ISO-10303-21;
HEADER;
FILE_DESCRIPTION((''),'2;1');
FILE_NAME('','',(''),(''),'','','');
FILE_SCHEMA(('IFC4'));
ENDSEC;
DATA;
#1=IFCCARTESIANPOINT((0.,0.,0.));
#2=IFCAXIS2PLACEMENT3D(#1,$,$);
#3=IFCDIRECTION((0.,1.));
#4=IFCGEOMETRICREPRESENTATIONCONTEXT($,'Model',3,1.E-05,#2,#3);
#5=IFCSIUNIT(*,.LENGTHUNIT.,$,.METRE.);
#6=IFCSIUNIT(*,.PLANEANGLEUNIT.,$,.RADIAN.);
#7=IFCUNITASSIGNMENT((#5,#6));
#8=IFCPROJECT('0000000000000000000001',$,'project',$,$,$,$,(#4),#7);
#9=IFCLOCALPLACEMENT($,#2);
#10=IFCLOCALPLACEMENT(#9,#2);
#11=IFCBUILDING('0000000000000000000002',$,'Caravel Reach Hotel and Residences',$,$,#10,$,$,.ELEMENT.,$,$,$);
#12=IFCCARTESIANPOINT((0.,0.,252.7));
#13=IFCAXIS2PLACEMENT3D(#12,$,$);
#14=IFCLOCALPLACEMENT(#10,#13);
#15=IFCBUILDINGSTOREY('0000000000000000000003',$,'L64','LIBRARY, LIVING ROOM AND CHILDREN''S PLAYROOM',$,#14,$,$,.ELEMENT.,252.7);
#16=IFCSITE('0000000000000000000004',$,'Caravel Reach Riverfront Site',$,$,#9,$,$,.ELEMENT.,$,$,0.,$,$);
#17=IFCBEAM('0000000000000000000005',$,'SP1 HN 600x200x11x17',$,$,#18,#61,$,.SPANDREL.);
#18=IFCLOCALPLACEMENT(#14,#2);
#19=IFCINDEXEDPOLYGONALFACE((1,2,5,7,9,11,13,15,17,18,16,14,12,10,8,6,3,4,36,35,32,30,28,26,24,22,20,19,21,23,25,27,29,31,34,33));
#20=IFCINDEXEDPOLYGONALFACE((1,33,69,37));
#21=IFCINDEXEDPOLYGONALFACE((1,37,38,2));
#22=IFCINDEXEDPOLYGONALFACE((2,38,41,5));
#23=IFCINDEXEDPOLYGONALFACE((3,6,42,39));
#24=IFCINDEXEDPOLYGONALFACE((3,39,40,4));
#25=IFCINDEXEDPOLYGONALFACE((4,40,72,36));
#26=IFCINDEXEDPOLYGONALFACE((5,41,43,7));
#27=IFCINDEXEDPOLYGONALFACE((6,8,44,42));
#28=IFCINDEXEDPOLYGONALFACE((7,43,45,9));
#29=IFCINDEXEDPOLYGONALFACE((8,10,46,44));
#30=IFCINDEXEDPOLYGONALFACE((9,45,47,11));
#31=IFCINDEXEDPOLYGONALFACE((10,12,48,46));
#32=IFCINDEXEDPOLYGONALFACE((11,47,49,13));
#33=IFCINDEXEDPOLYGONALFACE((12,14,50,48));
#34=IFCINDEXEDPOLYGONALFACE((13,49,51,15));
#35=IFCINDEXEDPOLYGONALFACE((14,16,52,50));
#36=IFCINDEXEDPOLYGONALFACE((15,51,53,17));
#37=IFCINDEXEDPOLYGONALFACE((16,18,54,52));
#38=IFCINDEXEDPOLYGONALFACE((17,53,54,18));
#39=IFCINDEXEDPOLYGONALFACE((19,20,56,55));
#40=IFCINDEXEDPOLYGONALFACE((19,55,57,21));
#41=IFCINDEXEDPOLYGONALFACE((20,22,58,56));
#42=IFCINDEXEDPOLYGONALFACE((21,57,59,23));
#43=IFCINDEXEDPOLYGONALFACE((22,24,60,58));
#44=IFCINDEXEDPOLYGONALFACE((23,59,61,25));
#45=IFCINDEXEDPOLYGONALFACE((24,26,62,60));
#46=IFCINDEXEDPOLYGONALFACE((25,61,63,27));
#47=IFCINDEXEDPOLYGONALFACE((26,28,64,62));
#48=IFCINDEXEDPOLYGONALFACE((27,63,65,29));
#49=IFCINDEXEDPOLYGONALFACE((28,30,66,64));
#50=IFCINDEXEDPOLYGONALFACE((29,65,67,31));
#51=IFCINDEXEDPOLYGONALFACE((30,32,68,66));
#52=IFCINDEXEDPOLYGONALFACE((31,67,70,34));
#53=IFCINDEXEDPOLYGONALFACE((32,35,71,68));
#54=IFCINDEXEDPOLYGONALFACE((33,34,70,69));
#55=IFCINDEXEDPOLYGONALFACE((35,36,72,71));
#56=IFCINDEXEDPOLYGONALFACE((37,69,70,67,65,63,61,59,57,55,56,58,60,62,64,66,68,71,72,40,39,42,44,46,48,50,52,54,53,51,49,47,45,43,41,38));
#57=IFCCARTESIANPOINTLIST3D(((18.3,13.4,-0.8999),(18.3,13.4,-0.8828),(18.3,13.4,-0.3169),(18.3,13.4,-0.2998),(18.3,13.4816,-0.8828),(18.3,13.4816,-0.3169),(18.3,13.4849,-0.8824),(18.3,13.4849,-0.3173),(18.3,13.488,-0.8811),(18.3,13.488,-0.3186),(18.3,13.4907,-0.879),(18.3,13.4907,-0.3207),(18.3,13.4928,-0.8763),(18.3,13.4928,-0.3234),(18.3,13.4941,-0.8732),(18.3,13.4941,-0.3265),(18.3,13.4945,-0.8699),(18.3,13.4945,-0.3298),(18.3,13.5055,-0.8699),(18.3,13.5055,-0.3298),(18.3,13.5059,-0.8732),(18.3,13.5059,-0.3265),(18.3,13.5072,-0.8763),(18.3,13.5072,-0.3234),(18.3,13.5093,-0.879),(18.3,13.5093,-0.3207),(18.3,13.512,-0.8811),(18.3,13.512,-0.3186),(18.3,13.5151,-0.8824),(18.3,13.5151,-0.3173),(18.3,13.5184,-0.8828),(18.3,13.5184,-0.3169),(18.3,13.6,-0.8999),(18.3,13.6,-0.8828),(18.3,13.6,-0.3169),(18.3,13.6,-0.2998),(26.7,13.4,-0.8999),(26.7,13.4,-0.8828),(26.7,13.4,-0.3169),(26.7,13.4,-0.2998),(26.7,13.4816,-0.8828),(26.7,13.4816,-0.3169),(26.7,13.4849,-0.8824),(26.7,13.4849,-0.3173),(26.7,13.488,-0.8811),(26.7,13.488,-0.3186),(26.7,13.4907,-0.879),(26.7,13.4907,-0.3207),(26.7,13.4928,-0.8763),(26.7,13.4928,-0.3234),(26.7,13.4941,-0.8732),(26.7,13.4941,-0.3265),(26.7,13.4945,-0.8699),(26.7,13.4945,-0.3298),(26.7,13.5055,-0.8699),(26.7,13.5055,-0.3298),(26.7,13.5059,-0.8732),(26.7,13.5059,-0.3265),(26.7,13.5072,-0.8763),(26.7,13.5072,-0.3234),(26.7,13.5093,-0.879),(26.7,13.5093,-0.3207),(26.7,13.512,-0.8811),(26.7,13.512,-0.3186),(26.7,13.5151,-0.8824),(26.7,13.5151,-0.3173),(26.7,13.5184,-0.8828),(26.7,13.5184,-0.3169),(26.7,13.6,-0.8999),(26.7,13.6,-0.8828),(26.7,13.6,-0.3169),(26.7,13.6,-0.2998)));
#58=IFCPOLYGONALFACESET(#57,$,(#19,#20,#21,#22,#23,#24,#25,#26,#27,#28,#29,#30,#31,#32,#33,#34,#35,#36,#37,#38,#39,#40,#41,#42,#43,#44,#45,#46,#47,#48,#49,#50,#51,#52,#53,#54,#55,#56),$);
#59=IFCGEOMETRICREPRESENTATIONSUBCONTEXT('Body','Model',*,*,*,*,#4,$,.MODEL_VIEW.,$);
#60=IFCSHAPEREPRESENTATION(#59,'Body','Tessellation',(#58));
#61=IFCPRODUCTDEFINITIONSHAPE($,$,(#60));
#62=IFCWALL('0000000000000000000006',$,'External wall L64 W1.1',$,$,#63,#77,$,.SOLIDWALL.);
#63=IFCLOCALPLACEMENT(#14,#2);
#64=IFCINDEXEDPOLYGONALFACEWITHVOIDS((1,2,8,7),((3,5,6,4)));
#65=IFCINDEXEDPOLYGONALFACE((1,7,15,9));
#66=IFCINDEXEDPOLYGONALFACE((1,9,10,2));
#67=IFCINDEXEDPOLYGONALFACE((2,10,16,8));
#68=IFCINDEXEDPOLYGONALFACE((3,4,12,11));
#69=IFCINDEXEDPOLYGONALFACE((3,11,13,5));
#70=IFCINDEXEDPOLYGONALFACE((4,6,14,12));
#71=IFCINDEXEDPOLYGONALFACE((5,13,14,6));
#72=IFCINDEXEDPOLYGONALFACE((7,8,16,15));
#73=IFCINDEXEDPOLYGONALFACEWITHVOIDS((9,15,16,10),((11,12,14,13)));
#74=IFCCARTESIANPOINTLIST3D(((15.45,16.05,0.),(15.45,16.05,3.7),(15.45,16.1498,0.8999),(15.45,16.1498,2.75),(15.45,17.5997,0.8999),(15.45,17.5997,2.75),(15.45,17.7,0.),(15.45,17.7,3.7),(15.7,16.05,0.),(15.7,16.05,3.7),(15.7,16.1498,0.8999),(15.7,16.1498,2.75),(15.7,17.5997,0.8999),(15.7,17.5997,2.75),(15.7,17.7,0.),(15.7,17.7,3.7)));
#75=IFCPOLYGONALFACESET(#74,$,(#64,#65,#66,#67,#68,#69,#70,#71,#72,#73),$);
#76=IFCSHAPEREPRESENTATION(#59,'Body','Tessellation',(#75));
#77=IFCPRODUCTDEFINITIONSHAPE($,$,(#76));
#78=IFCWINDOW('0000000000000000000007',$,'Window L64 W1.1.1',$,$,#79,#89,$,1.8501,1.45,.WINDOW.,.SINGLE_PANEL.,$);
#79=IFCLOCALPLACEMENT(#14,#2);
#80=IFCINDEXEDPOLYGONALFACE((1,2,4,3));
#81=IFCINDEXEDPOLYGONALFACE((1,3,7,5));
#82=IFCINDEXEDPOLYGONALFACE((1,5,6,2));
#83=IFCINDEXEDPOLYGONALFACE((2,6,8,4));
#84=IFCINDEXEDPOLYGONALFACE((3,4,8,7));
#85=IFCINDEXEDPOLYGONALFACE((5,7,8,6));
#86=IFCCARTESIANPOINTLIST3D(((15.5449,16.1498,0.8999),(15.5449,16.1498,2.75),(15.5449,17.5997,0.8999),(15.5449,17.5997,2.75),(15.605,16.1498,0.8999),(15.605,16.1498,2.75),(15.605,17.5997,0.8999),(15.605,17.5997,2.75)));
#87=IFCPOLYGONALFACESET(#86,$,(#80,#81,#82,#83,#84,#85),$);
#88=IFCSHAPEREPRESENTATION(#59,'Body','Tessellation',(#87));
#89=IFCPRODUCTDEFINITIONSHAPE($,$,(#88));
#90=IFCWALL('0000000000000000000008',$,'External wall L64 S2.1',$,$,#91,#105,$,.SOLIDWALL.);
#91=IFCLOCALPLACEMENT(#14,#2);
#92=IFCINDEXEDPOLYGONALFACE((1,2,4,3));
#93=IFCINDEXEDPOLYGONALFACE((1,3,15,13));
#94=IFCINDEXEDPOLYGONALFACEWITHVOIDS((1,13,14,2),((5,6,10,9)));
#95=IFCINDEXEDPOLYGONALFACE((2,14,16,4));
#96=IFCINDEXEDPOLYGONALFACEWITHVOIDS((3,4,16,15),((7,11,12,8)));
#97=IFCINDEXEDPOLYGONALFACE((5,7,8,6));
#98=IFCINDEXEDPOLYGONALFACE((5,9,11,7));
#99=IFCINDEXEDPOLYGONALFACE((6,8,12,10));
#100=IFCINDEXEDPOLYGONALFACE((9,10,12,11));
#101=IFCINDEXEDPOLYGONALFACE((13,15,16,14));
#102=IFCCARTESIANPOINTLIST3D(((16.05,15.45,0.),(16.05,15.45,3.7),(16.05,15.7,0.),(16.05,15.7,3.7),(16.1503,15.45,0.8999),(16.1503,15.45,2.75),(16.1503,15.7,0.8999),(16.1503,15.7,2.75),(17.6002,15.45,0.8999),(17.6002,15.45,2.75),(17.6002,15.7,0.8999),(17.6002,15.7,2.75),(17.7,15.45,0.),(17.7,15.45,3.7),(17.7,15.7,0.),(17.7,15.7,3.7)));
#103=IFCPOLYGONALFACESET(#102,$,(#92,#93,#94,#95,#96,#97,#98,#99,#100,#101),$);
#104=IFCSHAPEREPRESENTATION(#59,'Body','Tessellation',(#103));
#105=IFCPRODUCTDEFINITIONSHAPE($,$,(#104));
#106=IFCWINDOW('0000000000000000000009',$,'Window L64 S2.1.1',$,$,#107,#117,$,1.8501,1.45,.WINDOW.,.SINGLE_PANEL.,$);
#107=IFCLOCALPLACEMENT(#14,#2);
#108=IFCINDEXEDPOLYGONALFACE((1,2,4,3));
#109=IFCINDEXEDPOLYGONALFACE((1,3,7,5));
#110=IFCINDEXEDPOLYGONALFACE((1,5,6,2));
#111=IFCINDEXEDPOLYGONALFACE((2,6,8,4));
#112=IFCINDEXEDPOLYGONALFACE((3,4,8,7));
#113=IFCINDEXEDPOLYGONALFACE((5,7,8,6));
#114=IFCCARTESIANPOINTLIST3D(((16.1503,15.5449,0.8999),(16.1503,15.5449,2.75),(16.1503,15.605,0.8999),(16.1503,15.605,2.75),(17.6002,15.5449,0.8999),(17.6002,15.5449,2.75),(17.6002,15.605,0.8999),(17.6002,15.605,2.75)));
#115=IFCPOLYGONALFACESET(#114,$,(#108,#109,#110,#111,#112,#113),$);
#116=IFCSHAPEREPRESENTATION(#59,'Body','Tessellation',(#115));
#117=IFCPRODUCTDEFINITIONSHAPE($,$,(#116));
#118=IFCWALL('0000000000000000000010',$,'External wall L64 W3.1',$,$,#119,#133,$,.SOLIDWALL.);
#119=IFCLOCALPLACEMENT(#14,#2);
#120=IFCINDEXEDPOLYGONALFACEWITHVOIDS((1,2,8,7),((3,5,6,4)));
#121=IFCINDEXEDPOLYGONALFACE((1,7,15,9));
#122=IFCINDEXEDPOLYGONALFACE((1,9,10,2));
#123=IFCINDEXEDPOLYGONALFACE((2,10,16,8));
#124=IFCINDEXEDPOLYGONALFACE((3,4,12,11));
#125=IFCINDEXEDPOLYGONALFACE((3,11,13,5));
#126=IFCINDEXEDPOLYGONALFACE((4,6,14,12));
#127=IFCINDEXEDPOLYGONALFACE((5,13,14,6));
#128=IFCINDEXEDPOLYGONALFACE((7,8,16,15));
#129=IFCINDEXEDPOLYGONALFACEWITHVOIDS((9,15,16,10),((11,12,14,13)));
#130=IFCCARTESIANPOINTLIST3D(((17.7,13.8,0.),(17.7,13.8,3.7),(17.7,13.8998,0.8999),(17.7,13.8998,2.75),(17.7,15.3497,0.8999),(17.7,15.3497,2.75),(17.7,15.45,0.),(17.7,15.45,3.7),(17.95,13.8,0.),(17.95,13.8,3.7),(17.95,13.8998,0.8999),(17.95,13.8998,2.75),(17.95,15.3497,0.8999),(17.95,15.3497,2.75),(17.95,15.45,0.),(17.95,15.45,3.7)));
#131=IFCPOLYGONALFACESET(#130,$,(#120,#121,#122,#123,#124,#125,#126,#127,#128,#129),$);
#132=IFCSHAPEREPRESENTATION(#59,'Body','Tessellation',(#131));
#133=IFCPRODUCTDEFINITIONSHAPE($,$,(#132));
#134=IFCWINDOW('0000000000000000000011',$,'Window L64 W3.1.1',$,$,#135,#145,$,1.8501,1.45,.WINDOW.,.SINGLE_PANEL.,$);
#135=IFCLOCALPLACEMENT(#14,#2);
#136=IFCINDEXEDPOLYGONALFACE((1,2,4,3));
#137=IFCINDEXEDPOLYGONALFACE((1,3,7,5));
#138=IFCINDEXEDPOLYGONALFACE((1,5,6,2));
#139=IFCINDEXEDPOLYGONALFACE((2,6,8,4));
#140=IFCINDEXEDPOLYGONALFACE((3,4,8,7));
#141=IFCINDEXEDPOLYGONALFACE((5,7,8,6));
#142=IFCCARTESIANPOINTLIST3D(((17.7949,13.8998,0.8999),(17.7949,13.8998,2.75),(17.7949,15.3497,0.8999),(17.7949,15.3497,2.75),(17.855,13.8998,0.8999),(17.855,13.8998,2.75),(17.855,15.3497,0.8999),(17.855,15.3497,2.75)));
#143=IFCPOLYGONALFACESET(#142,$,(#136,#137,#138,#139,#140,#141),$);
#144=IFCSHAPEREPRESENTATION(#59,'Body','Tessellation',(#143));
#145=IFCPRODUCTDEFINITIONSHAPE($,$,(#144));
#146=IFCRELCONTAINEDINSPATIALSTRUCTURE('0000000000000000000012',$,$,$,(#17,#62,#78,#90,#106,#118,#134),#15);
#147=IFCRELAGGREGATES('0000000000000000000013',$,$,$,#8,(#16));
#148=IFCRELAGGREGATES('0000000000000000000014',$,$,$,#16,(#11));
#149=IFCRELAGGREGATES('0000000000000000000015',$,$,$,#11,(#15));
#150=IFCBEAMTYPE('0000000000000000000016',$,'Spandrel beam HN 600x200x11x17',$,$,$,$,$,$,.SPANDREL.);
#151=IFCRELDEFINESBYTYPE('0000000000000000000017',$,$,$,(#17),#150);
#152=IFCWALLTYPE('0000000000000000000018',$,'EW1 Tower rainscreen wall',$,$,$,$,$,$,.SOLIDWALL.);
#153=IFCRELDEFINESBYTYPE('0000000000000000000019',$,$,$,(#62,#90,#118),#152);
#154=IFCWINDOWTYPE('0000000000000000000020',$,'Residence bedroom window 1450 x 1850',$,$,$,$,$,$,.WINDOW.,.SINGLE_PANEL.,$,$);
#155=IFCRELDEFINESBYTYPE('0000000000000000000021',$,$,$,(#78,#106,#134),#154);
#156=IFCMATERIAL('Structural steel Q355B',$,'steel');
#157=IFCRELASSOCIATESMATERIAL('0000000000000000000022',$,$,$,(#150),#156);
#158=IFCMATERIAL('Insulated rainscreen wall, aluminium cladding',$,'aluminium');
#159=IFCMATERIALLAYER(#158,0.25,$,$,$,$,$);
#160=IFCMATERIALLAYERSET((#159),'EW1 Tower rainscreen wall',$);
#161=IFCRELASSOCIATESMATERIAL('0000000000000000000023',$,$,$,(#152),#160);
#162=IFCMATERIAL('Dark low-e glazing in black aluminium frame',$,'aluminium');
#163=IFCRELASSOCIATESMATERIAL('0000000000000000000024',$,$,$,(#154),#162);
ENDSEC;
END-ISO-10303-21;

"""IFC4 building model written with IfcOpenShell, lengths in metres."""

from ifc_helpers import new_model, si_unit, direction, frame, frame_2d, origin, origin_2d, place, context, subcontext, project, spatial, rectangle, i_section, extrude, material, layer, layer_set, material_profile, profile_set, type_object, element, fill, save


model = new_model("IFC4")

# Units and contexts
model_context = context("Model", 3, precision=1e-05, world=origin(), true_north=direction((0.0, 1.0)))
body_context = subcontext(model_context, "Body", "Model", "MODEL_VIEW")
ifc_project = project(units=[si_unit("LENGTHUNIT", "METRE"), si_unit("PLANEANGLEUNIT", "RADIAN")], contexts=[model_context])

# Site, building, storey
site_placement = place(None, origin())
site = spatial("IfcSite", under=ifc_project, at=site_placement, Name="Caravel Reach Riverfront Site", CompositionType="ELEMENT", RefElevation=0.0)
building_placement = place(site_placement, origin())
building = spatial("IfcBuilding", under=site, at=building_placement, Name="Caravel Reach Hotel and Residences", CompositionType="ELEMENT")
storey_placement = place(building_placement, frame((0.0, 0.0, 252.7)))
storey = spatial("IfcBuildingStorey", under=building, at=storey_placement, Name="L64", Description="LIBRARY, LIVING ROOM AND CHILDREN'S PLAYROOM", CompositionType="ELEMENT", Elevation=252.7)

# Beam
ifc_material_1 = material(Name="Structural steel Q355B", Category="steel")
ifc_material_profile_1 = material_profile(ifc_material_1, i_section(OverallWidth=0.2, OverallDepth=0.6001, WebThickness=0.011, FlangeThickness=0.0171, FilletRadius=0.0129, at=origin_2d()), Name="HN 600x200x11x17")
ifc_profile_set_1 = profile_set([ifc_material_profile_1], Name="Structural steel Q355B")
beam_type = type_object("IfcBeamType", Name="Spandrel beam HN 600x200x11x17", PredefinedType="SPANDREL", material=ifc_profile_set_1)
beam_placement = place(storey_placement, frame((18.3, 13.5, -0.5999), z_axis=(1.0, 0.0, 0.0), x_axis=(0.0, 1.0, 0.0)))
element("IfcBeam", 1, at=beam_placement, inside=storey, type_object=beam_type, Name="SP1 HN 600x200x11x17", PredefinedType="SPANDREL", context=body_context, shape_type="SweptSolid", body=[
    extrude(i_section(OverallWidth=0.2, OverallDepth=0.6001, WebThickness=0.011, FlangeThickness=0.0171, FilletRadius=0.0129, at=origin_2d()), origin(), (0.0, 0.0, 1.0), 8.3999),
])

# Walls, openings, windows
ifc_material_2 = material(Name="Insulated rainscreen wall, aluminium cladding", Category="aluminium")
ifc_layer_1 = layer(ifc_material_2, 0.25)
ifc_layer_set_1 = layer_set([ifc_layer_1], Name="EW1 Tower rainscreen wall")
wall_type_1 = type_object("IfcWallType", Name="EW1 Tower rainscreen wall", PredefinedType="SOLIDWALL", material=ifc_layer_set_1)
wall_1_placement = place(storey_placement, frame((15.575, 17.7, 0.0), z_axis=(0.0, 0.0, 1.0), x_axis=(0.0, -1.0, 0.0)))
wall_1 = element("IfcWall", 2, at=wall_1_placement, inside=storey, type_object=wall_type_1, Name="External wall L64 W1.1", PredefinedType="SOLIDWALL", context=body_context, shape_type="SweptSolid", body=[
    extrude(rectangle(XDim=1.6499, YDim=0.25, at=frame_2d((0.825, 0.0))), origin(), (0.0, 0.0, 1.0), 3.7),
])
opening_1_placement = place(wall_1_placement, frame((0.1001, 0.0, 0.8999)))
opening_1 = element("IfcOpeningElement", 3, at=opening_1_placement, cuts=wall_1, PredefinedType="OPENING", context=body_context, shape_type="SweptSolid", body=[
    extrude(rectangle(XDim=1.45, YDim=1.8501, at=frame_2d((0.7251, 0.925))), frame((0.0, 0.135, 0.0), z_axis=(0.0, -1.0, 0.0), x_axis=(1.0, 0.0, 0.0)), (0.0, 0.0, 1.0), 0.27),
])
ifc_material_3 = material(Name="Dark low-e glazing in black aluminium frame", Category="aluminium")
window_type_1 = type_object("IfcWindowType", Name="Residence bedroom window 1450 x 1850", PartitioningType="SINGLE_PANEL", PredefinedType="WINDOW", material=ifc_material_3)
window_1_placement = place(opening_1_placement, origin())
window_1 = element("IfcWindow", 4, at=window_1_placement, inside=storey, type_object=window_type_1, Name="Window L64 W1.1.1", OverallHeight=1.8501, OverallWidth=1.45, PartitioningType="SINGLE_PANEL", PredefinedType="WINDOW", context=body_context, shape_type="SweptSolid", body=[
    extrude(rectangle(XDim=1.45, YDim=1.8501, at=frame_2d((0.7251, 0.925))), frame((0.0, 0.03, 0.0), z_axis=(0.0, -1.0, 0.0), x_axis=(1.0, 0.0, 0.0)), (0.0, 0.0, 1.0), 0.0601),
])
fill(opening_1, window_1)
wall_2_placement = place(storey_placement, frame((16.05, 15.575, 0.0), z_axis=(0.0, 0.0, 1.0), x_axis=(1.0, 0.0, 0.0)))
wall_2 = element("IfcWall", 5, at=wall_2_placement, inside=storey, type_object=wall_type_1, Name="External wall L64 S2.1", PredefinedType="SOLIDWALL", context=body_context, shape_type="SweptSolid", body=[
    extrude(rectangle(XDim=1.6499, YDim=0.25, at=frame_2d((0.825, 0.0))), origin(), (0.0, 0.0, 1.0), 3.7),
])
opening_2_placement = place(wall_2_placement, frame((0.1001, 0.0, 0.8999)))
opening_2 = element("IfcOpeningElement", 6, at=opening_2_placement, cuts=wall_2, PredefinedType="OPENING", context=body_context, shape_type="SweptSolid", body=[
    extrude(rectangle(XDim=1.45, YDim=1.8501, at=frame_2d((0.7251, 0.925))), frame((0.0, 0.135, 0.0), z_axis=(0.0, -1.0, 0.0), x_axis=(1.0, 0.0, 0.0)), (0.0, 0.0, 1.0), 0.27),
])
window_2_placement = place(opening_2_placement, origin())
window_2 = element("IfcWindow", 7, at=window_2_placement, inside=storey, type_object=window_type_1, Name="Window L64 S2.1.1", OverallHeight=1.8501, OverallWidth=1.45, PartitioningType="SINGLE_PANEL", PredefinedType="WINDOW", context=body_context, shape_type="SweptSolid", body=[
    extrude(rectangle(XDim=1.45, YDim=1.8501, at=frame_2d((0.7251, 0.925))), frame((0.0, 0.03, 0.0), z_axis=(0.0, -1.0, 0.0), x_axis=(1.0, 0.0, 0.0)), (0.0, 0.0, 1.0), 0.0601),
])
fill(opening_2, window_2)
wall_3_placement = place(storey_placement, frame((17.825, 15.45, 0.0), z_axis=(0.0, 0.0, 1.0), x_axis=(0.0, -1.0, 0.0)))
wall_3 = element("IfcWall", 8, at=wall_3_placement, inside=storey, type_object=wall_type_1, Name="External wall L64 W3.1", PredefinedType="SOLIDWALL", context=body_context, shape_type="SweptSolid", body=[
    extrude(rectangle(XDim=1.6499, YDim=0.25, at=frame_2d((0.825, 0.0))), origin(), (0.0, 0.0, 1.0), 3.7),
])
opening_3_placement = place(wall_3_placement, frame((0.1001, 0.0, 0.8999)))
opening_3 = element("IfcOpeningElement", 9, at=opening_3_placement, cuts=wall_3, PredefinedType="OPENING", context=body_context, shape_type="SweptSolid", body=[
    extrude(rectangle(XDim=1.45, YDim=1.8501, at=frame_2d((0.7251, 0.925))), frame((0.0, 0.135, 0.0), z_axis=(0.0, -1.0, 0.0), x_axis=(1.0, 0.0, 0.0)), (0.0, 0.0, 1.0), 0.27),
])
window_3_placement = place(opening_3_placement, origin())
window_3 = element("IfcWindow", 10, at=window_3_placement, inside=storey, type_object=window_type_1, Name="Window L64 W3.1.1", OverallHeight=1.8501, OverallWidth=1.45, PartitioningType="SINGLE_PANEL", PredefinedType="WINDOW", context=body_context, shape_type="SweptSolid", body=[
    extrude(rectangle(XDim=1.45, YDim=1.8501, at=frame_2d((0.7251, 0.925))), frame((0.0, 0.03, 0.0), z_axis=(0.0, -1.0, 0.0), x_axis=(1.0, 0.0, 0.0)), (0.0, 0.0, 1.0), 0.0601),
])
fill(opening_3, window_3)

save(model, "model.ifc")
